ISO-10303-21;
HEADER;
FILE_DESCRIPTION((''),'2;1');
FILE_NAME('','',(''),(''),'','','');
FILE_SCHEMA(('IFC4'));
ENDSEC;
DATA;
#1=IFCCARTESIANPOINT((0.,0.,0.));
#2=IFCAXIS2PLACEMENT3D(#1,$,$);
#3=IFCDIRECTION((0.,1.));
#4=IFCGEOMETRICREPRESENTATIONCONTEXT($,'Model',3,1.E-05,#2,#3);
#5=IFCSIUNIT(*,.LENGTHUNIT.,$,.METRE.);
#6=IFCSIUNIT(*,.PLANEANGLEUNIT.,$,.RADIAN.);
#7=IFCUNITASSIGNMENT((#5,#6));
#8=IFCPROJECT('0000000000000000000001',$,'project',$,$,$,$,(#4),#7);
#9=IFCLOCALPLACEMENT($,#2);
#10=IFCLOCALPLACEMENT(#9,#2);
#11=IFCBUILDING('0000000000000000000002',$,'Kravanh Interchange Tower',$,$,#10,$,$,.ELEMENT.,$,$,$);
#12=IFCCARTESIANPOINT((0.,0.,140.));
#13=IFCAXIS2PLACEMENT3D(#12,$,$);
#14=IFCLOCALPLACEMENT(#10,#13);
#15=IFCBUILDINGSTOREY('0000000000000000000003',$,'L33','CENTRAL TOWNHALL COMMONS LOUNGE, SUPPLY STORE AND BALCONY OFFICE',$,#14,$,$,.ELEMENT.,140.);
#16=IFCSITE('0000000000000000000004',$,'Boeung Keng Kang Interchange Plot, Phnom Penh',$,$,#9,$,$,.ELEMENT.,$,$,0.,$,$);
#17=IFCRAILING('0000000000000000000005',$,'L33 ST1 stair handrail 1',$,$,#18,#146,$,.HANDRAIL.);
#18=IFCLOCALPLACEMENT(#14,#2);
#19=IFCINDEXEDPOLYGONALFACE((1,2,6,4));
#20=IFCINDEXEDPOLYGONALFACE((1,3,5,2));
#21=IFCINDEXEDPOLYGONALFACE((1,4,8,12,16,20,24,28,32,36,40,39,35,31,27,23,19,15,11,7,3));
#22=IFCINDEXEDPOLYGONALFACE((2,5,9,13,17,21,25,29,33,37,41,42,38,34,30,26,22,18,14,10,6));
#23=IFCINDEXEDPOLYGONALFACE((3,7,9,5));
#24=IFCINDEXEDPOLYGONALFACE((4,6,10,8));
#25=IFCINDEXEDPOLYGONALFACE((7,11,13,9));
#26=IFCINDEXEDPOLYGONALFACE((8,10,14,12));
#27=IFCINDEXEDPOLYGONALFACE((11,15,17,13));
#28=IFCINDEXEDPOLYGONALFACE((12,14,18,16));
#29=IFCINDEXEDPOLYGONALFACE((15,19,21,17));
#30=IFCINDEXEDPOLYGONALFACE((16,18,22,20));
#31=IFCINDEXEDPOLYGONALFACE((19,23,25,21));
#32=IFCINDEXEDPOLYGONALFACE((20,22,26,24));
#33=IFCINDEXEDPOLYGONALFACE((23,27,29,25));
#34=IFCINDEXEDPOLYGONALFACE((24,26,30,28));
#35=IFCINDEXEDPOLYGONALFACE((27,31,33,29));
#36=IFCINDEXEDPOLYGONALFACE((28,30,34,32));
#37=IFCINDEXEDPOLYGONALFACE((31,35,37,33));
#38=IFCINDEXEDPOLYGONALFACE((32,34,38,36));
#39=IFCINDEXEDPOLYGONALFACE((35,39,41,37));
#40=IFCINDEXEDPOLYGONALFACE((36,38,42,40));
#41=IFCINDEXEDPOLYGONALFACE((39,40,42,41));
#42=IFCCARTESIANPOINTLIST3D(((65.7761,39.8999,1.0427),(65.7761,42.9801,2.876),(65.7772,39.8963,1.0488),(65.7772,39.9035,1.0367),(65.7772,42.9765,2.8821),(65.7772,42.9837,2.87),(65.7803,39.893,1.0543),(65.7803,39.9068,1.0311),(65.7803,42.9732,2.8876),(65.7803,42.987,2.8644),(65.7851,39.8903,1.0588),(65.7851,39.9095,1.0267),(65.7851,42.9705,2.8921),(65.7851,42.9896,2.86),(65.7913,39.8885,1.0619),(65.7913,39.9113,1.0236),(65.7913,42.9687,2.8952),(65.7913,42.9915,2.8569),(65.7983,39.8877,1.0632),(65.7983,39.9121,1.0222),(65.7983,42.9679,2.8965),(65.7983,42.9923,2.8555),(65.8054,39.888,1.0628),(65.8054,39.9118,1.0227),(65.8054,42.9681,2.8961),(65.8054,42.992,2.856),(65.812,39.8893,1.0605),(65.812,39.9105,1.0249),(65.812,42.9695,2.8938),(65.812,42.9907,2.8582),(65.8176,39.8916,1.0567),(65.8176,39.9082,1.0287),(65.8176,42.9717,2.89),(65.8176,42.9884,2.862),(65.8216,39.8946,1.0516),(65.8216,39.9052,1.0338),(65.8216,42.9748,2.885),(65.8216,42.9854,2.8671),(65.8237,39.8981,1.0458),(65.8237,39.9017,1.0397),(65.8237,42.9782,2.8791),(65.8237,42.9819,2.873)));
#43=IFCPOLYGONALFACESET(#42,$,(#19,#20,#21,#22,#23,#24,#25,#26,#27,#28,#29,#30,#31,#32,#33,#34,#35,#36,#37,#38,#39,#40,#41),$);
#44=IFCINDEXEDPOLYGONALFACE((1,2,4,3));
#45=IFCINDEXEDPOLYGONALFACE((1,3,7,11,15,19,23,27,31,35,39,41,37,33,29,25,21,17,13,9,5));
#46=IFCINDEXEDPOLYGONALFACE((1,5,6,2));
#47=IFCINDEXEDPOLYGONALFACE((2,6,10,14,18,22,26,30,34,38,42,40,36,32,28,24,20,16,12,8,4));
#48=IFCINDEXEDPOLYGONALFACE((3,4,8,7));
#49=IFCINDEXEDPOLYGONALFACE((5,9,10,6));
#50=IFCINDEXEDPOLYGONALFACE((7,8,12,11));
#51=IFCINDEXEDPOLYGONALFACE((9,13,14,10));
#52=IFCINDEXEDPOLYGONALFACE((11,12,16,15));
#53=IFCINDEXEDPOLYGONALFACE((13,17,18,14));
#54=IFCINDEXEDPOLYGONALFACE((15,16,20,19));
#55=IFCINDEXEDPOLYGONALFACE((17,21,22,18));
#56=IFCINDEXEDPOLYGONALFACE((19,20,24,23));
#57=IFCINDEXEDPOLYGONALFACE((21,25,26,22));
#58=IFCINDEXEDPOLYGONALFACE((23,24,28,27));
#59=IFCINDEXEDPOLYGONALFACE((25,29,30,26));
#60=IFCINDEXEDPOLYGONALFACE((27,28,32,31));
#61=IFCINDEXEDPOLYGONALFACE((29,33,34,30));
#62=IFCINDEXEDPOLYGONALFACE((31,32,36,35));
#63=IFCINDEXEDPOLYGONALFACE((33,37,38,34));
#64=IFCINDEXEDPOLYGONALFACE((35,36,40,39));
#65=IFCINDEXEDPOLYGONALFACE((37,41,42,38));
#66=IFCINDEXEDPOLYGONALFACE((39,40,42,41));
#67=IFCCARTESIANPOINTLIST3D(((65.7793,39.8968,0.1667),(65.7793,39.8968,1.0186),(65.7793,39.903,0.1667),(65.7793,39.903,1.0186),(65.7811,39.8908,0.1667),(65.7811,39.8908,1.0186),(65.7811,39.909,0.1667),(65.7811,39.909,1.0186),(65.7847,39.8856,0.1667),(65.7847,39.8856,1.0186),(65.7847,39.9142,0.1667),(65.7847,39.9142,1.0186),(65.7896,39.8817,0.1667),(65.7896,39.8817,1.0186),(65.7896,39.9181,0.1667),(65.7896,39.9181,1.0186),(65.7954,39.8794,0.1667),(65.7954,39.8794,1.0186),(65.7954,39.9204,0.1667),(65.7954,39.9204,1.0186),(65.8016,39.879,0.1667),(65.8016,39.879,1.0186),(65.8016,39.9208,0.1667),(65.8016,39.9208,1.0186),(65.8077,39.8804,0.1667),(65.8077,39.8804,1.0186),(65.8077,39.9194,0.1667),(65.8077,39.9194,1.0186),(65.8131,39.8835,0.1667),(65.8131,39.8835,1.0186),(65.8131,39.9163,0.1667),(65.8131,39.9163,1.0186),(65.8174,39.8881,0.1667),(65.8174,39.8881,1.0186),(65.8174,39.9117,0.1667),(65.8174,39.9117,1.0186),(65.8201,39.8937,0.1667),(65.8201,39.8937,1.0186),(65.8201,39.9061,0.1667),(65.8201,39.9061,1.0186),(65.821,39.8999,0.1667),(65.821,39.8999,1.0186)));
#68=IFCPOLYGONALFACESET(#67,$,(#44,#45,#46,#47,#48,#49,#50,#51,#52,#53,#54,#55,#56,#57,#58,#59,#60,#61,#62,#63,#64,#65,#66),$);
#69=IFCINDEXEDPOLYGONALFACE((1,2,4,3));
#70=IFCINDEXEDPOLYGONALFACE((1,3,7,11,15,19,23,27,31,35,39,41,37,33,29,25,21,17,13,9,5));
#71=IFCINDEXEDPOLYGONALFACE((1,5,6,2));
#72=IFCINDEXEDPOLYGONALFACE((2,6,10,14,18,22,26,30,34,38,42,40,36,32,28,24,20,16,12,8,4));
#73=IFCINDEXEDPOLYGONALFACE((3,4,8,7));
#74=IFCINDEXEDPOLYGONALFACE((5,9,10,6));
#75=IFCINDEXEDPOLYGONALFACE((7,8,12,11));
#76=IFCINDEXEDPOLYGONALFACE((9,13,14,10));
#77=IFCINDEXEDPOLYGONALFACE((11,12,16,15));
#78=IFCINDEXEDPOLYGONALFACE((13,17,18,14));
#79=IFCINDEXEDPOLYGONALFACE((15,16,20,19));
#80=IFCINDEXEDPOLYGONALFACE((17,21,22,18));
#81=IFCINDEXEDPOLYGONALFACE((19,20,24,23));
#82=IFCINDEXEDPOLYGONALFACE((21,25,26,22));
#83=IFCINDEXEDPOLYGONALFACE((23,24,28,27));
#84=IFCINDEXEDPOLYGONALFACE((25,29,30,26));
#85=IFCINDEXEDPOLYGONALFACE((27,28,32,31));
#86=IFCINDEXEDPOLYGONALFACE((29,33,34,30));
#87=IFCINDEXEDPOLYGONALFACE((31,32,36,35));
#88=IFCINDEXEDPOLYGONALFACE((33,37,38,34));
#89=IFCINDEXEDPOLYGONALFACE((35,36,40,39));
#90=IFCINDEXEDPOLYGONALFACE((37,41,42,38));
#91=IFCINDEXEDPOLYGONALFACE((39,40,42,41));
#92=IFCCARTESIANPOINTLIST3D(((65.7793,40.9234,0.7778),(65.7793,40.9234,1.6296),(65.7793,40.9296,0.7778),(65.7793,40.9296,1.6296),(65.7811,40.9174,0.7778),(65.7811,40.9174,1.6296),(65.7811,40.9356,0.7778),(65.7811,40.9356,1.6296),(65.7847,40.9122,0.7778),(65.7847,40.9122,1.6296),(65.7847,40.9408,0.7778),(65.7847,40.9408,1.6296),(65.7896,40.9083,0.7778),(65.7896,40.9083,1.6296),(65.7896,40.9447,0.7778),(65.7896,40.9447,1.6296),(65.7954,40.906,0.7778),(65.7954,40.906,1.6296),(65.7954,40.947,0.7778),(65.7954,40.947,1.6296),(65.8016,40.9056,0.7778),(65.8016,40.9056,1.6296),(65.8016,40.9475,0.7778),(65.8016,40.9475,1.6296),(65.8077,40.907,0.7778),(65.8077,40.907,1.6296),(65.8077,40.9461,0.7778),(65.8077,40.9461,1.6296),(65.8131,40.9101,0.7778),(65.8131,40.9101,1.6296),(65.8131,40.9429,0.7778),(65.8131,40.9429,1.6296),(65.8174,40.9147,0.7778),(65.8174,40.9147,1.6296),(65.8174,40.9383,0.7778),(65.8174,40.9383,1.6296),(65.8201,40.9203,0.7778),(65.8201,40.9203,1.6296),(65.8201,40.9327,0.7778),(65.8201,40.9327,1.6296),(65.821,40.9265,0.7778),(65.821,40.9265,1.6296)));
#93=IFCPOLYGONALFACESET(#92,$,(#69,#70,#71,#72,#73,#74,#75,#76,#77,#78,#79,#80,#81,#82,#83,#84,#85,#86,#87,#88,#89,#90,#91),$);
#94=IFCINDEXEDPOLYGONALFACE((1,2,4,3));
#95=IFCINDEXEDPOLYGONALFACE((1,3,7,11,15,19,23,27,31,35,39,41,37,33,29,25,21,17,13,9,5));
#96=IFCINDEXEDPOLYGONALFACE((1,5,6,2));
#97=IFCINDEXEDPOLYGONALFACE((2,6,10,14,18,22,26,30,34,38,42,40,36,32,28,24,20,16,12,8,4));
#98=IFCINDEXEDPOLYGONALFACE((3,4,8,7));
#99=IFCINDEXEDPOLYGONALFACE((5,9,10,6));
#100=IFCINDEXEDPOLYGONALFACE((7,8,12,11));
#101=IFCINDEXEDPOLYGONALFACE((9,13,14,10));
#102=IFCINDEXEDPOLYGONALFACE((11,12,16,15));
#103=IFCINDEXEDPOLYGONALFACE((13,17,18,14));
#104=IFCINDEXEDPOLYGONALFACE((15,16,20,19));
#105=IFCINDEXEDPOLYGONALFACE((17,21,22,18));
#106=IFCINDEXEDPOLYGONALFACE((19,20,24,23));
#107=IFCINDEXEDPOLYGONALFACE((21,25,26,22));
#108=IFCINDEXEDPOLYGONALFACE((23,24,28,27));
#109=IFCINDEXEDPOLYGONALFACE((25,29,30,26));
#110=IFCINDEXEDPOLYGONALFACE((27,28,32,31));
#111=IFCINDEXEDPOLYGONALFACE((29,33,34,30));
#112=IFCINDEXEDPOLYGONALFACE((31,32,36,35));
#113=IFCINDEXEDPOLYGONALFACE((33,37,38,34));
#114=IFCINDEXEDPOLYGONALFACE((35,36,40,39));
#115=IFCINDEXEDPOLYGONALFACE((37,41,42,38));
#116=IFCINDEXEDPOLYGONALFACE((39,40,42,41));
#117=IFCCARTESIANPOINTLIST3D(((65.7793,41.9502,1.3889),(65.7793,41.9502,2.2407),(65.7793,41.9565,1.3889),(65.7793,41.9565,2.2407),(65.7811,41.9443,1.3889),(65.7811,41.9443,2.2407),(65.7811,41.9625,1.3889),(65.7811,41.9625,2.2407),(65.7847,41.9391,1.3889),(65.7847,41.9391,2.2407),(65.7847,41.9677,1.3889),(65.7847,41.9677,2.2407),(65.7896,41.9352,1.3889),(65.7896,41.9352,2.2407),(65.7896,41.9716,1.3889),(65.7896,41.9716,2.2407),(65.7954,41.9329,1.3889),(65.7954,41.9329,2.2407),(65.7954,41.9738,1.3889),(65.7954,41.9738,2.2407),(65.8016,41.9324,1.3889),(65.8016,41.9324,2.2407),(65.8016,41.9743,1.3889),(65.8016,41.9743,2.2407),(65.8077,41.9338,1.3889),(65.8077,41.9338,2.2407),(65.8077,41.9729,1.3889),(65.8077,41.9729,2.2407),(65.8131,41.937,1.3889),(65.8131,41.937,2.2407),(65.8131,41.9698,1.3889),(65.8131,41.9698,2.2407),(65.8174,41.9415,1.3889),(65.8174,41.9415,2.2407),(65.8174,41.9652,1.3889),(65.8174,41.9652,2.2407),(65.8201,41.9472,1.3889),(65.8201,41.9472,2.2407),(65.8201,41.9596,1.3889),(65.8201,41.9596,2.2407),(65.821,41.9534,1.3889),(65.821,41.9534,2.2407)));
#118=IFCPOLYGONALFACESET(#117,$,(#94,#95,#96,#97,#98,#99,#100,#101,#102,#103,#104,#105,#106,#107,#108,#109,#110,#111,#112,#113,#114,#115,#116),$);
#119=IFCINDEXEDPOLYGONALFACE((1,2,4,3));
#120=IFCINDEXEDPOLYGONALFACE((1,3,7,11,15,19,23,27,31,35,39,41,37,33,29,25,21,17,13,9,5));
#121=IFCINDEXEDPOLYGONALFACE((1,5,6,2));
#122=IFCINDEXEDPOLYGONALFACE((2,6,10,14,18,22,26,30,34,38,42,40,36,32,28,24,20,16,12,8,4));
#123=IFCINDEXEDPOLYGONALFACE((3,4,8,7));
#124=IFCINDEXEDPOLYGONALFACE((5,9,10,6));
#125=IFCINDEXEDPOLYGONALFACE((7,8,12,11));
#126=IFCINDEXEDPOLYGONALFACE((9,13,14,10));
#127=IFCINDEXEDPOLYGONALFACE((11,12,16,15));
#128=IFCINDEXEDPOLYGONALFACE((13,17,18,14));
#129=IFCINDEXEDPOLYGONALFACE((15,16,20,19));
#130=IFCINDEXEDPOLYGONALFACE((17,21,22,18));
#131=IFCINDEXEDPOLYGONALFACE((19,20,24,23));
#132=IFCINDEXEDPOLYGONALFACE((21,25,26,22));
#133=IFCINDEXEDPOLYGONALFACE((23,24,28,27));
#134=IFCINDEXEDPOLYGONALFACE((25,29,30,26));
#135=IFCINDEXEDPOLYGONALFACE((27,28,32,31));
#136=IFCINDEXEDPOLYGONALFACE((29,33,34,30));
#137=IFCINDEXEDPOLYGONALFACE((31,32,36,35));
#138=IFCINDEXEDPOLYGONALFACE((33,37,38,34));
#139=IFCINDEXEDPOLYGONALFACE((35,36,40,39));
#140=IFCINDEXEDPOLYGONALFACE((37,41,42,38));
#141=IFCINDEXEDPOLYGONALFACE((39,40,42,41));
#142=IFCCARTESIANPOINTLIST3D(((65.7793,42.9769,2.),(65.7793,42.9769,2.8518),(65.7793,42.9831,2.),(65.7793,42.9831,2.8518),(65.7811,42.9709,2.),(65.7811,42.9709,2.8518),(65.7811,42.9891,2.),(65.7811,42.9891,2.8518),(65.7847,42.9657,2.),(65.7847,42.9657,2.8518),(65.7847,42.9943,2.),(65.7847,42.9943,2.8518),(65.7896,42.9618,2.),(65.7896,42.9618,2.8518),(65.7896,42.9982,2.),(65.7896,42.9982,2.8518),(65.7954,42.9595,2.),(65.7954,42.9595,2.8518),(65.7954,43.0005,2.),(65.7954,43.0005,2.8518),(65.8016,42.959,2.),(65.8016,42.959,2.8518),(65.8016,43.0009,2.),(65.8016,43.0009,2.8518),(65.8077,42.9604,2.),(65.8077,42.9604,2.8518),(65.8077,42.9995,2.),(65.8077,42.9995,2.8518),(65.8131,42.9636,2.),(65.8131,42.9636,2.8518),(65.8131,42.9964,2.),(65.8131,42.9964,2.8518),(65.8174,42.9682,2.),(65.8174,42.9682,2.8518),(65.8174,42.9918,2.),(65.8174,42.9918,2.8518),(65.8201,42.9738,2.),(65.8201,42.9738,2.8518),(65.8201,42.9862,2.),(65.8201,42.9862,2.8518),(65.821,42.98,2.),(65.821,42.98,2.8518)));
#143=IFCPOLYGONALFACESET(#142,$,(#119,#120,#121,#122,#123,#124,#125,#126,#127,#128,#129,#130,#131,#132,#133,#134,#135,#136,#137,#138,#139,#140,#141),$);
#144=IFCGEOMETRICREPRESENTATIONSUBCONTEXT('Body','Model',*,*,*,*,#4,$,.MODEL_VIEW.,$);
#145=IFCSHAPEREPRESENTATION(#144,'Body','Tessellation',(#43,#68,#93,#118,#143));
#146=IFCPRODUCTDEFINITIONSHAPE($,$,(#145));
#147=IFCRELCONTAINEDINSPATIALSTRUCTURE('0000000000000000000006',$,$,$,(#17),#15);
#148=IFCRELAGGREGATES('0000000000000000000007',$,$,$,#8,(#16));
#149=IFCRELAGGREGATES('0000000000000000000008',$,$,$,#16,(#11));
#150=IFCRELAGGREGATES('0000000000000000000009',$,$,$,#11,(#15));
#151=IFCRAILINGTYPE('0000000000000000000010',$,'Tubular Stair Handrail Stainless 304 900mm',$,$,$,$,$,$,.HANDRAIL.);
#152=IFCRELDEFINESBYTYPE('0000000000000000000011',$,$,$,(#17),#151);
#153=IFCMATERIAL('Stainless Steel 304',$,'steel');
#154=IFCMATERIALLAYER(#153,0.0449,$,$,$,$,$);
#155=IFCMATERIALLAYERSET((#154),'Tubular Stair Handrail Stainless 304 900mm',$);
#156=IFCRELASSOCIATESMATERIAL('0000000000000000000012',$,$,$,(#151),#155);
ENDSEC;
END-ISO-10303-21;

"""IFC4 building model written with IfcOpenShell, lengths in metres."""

from ifc_helpers import new_model, si_unit, direction, frame, origin, origin_2d, place, context, subcontext, project, spatial, circle, extrude, material, layer, layer_set, type_object, element, save


model = new_model("IFC4")

# Units and contexts
model_context = context("Model", 3, precision=1e-05, world=origin(), true_north=direction((0.0, 1.0)))
body_context = subcontext(model_context, "Body", "Model", "MODEL_VIEW")
ifc_project = project(units=[si_unit("LENGTHUNIT", "METRE"), si_unit("PLANEANGLEUNIT", "RADIAN")], contexts=[model_context])

# Site, building, storey
site_placement = place(None, origin())
site = spatial("IfcSite", under=ifc_project, at=site_placement, Name="Boeung Keng Kang Interchange Plot, Phnom Penh", CompositionType="ELEMENT", RefElevation=0.0)
building_placement = place(site_placement, origin())
building = spatial("IfcBuilding", under=site, at=building_placement, Name="Kravanh Interchange Tower", CompositionType="ELEMENT")
storey_placement = place(building_placement, frame((0.0, 0.0, 140.0)))
storey = spatial("IfcBuildingStorey", under=building, at=storey_placement, Name="L33", Description="CENTRAL TOWNHALL COMMONS LOUNGE, SUPPLY STORE AND BALCONY OFFICE", CompositionType="ELEMENT", Elevation=140.0)

# Railing
ifc_material_1 = material(Name="Stainless Steel 304", Category="steel")
ifc_layer_1 = layer(ifc_material_1, 0.0449)
ifc_layer_set_1 = layer_set([ifc_layer_1], Name="Tubular Stair Handrail Stainless 304 900mm")
railing_type_1 = type_object("IfcRailingType", Name="Tubular Stair Handrail Stainless 304 900mm", PredefinedType="HANDRAIL", material=ifc_layer_set_1)
railing_1_placement = place(storey_placement, frame((65.8, 39.8999, 0.1667)))
element("IfcRailing", 1, at=railing_1_placement, inside=storey, type_object=railing_type_1, Name="L33 ST1 stair handrail 1", PredefinedType="HANDRAIL", context=body_context, shape_type="SweptSolid", body=[
    extrude(circle(Radius=0.0239, at=origin_2d()), frame((0.0, 0.0, 0.876), z_axis=(0.0, 0.859309, 0.511458), x_axis=(-1.0, 0.0, 0.0)), (0.0, 0.0, 1.0), 3.5845),
    extrude(circle(Radius=0.021, at=origin_2d()), origin(), (0.0, 0.0, 1.0), 0.8518),
    extrude(circle(Radius=0.021, at=origin_2d()), frame((0.0, 1.0266, 0.6111)), (0.0, 0.0, 1.0), 0.8518),
    extrude(circle(Radius=0.021, at=origin_2d()), frame((0.0, 2.0535, 1.2222)), (0.0, 0.0, 1.0), 0.8518),
    extrude(circle(Radius=0.021, at=origin_2d()), frame((0.0, 3.0801, 1.8333)), (0.0, 0.0, 1.0), 0.8518),
])

save(model, "model.ifc")
